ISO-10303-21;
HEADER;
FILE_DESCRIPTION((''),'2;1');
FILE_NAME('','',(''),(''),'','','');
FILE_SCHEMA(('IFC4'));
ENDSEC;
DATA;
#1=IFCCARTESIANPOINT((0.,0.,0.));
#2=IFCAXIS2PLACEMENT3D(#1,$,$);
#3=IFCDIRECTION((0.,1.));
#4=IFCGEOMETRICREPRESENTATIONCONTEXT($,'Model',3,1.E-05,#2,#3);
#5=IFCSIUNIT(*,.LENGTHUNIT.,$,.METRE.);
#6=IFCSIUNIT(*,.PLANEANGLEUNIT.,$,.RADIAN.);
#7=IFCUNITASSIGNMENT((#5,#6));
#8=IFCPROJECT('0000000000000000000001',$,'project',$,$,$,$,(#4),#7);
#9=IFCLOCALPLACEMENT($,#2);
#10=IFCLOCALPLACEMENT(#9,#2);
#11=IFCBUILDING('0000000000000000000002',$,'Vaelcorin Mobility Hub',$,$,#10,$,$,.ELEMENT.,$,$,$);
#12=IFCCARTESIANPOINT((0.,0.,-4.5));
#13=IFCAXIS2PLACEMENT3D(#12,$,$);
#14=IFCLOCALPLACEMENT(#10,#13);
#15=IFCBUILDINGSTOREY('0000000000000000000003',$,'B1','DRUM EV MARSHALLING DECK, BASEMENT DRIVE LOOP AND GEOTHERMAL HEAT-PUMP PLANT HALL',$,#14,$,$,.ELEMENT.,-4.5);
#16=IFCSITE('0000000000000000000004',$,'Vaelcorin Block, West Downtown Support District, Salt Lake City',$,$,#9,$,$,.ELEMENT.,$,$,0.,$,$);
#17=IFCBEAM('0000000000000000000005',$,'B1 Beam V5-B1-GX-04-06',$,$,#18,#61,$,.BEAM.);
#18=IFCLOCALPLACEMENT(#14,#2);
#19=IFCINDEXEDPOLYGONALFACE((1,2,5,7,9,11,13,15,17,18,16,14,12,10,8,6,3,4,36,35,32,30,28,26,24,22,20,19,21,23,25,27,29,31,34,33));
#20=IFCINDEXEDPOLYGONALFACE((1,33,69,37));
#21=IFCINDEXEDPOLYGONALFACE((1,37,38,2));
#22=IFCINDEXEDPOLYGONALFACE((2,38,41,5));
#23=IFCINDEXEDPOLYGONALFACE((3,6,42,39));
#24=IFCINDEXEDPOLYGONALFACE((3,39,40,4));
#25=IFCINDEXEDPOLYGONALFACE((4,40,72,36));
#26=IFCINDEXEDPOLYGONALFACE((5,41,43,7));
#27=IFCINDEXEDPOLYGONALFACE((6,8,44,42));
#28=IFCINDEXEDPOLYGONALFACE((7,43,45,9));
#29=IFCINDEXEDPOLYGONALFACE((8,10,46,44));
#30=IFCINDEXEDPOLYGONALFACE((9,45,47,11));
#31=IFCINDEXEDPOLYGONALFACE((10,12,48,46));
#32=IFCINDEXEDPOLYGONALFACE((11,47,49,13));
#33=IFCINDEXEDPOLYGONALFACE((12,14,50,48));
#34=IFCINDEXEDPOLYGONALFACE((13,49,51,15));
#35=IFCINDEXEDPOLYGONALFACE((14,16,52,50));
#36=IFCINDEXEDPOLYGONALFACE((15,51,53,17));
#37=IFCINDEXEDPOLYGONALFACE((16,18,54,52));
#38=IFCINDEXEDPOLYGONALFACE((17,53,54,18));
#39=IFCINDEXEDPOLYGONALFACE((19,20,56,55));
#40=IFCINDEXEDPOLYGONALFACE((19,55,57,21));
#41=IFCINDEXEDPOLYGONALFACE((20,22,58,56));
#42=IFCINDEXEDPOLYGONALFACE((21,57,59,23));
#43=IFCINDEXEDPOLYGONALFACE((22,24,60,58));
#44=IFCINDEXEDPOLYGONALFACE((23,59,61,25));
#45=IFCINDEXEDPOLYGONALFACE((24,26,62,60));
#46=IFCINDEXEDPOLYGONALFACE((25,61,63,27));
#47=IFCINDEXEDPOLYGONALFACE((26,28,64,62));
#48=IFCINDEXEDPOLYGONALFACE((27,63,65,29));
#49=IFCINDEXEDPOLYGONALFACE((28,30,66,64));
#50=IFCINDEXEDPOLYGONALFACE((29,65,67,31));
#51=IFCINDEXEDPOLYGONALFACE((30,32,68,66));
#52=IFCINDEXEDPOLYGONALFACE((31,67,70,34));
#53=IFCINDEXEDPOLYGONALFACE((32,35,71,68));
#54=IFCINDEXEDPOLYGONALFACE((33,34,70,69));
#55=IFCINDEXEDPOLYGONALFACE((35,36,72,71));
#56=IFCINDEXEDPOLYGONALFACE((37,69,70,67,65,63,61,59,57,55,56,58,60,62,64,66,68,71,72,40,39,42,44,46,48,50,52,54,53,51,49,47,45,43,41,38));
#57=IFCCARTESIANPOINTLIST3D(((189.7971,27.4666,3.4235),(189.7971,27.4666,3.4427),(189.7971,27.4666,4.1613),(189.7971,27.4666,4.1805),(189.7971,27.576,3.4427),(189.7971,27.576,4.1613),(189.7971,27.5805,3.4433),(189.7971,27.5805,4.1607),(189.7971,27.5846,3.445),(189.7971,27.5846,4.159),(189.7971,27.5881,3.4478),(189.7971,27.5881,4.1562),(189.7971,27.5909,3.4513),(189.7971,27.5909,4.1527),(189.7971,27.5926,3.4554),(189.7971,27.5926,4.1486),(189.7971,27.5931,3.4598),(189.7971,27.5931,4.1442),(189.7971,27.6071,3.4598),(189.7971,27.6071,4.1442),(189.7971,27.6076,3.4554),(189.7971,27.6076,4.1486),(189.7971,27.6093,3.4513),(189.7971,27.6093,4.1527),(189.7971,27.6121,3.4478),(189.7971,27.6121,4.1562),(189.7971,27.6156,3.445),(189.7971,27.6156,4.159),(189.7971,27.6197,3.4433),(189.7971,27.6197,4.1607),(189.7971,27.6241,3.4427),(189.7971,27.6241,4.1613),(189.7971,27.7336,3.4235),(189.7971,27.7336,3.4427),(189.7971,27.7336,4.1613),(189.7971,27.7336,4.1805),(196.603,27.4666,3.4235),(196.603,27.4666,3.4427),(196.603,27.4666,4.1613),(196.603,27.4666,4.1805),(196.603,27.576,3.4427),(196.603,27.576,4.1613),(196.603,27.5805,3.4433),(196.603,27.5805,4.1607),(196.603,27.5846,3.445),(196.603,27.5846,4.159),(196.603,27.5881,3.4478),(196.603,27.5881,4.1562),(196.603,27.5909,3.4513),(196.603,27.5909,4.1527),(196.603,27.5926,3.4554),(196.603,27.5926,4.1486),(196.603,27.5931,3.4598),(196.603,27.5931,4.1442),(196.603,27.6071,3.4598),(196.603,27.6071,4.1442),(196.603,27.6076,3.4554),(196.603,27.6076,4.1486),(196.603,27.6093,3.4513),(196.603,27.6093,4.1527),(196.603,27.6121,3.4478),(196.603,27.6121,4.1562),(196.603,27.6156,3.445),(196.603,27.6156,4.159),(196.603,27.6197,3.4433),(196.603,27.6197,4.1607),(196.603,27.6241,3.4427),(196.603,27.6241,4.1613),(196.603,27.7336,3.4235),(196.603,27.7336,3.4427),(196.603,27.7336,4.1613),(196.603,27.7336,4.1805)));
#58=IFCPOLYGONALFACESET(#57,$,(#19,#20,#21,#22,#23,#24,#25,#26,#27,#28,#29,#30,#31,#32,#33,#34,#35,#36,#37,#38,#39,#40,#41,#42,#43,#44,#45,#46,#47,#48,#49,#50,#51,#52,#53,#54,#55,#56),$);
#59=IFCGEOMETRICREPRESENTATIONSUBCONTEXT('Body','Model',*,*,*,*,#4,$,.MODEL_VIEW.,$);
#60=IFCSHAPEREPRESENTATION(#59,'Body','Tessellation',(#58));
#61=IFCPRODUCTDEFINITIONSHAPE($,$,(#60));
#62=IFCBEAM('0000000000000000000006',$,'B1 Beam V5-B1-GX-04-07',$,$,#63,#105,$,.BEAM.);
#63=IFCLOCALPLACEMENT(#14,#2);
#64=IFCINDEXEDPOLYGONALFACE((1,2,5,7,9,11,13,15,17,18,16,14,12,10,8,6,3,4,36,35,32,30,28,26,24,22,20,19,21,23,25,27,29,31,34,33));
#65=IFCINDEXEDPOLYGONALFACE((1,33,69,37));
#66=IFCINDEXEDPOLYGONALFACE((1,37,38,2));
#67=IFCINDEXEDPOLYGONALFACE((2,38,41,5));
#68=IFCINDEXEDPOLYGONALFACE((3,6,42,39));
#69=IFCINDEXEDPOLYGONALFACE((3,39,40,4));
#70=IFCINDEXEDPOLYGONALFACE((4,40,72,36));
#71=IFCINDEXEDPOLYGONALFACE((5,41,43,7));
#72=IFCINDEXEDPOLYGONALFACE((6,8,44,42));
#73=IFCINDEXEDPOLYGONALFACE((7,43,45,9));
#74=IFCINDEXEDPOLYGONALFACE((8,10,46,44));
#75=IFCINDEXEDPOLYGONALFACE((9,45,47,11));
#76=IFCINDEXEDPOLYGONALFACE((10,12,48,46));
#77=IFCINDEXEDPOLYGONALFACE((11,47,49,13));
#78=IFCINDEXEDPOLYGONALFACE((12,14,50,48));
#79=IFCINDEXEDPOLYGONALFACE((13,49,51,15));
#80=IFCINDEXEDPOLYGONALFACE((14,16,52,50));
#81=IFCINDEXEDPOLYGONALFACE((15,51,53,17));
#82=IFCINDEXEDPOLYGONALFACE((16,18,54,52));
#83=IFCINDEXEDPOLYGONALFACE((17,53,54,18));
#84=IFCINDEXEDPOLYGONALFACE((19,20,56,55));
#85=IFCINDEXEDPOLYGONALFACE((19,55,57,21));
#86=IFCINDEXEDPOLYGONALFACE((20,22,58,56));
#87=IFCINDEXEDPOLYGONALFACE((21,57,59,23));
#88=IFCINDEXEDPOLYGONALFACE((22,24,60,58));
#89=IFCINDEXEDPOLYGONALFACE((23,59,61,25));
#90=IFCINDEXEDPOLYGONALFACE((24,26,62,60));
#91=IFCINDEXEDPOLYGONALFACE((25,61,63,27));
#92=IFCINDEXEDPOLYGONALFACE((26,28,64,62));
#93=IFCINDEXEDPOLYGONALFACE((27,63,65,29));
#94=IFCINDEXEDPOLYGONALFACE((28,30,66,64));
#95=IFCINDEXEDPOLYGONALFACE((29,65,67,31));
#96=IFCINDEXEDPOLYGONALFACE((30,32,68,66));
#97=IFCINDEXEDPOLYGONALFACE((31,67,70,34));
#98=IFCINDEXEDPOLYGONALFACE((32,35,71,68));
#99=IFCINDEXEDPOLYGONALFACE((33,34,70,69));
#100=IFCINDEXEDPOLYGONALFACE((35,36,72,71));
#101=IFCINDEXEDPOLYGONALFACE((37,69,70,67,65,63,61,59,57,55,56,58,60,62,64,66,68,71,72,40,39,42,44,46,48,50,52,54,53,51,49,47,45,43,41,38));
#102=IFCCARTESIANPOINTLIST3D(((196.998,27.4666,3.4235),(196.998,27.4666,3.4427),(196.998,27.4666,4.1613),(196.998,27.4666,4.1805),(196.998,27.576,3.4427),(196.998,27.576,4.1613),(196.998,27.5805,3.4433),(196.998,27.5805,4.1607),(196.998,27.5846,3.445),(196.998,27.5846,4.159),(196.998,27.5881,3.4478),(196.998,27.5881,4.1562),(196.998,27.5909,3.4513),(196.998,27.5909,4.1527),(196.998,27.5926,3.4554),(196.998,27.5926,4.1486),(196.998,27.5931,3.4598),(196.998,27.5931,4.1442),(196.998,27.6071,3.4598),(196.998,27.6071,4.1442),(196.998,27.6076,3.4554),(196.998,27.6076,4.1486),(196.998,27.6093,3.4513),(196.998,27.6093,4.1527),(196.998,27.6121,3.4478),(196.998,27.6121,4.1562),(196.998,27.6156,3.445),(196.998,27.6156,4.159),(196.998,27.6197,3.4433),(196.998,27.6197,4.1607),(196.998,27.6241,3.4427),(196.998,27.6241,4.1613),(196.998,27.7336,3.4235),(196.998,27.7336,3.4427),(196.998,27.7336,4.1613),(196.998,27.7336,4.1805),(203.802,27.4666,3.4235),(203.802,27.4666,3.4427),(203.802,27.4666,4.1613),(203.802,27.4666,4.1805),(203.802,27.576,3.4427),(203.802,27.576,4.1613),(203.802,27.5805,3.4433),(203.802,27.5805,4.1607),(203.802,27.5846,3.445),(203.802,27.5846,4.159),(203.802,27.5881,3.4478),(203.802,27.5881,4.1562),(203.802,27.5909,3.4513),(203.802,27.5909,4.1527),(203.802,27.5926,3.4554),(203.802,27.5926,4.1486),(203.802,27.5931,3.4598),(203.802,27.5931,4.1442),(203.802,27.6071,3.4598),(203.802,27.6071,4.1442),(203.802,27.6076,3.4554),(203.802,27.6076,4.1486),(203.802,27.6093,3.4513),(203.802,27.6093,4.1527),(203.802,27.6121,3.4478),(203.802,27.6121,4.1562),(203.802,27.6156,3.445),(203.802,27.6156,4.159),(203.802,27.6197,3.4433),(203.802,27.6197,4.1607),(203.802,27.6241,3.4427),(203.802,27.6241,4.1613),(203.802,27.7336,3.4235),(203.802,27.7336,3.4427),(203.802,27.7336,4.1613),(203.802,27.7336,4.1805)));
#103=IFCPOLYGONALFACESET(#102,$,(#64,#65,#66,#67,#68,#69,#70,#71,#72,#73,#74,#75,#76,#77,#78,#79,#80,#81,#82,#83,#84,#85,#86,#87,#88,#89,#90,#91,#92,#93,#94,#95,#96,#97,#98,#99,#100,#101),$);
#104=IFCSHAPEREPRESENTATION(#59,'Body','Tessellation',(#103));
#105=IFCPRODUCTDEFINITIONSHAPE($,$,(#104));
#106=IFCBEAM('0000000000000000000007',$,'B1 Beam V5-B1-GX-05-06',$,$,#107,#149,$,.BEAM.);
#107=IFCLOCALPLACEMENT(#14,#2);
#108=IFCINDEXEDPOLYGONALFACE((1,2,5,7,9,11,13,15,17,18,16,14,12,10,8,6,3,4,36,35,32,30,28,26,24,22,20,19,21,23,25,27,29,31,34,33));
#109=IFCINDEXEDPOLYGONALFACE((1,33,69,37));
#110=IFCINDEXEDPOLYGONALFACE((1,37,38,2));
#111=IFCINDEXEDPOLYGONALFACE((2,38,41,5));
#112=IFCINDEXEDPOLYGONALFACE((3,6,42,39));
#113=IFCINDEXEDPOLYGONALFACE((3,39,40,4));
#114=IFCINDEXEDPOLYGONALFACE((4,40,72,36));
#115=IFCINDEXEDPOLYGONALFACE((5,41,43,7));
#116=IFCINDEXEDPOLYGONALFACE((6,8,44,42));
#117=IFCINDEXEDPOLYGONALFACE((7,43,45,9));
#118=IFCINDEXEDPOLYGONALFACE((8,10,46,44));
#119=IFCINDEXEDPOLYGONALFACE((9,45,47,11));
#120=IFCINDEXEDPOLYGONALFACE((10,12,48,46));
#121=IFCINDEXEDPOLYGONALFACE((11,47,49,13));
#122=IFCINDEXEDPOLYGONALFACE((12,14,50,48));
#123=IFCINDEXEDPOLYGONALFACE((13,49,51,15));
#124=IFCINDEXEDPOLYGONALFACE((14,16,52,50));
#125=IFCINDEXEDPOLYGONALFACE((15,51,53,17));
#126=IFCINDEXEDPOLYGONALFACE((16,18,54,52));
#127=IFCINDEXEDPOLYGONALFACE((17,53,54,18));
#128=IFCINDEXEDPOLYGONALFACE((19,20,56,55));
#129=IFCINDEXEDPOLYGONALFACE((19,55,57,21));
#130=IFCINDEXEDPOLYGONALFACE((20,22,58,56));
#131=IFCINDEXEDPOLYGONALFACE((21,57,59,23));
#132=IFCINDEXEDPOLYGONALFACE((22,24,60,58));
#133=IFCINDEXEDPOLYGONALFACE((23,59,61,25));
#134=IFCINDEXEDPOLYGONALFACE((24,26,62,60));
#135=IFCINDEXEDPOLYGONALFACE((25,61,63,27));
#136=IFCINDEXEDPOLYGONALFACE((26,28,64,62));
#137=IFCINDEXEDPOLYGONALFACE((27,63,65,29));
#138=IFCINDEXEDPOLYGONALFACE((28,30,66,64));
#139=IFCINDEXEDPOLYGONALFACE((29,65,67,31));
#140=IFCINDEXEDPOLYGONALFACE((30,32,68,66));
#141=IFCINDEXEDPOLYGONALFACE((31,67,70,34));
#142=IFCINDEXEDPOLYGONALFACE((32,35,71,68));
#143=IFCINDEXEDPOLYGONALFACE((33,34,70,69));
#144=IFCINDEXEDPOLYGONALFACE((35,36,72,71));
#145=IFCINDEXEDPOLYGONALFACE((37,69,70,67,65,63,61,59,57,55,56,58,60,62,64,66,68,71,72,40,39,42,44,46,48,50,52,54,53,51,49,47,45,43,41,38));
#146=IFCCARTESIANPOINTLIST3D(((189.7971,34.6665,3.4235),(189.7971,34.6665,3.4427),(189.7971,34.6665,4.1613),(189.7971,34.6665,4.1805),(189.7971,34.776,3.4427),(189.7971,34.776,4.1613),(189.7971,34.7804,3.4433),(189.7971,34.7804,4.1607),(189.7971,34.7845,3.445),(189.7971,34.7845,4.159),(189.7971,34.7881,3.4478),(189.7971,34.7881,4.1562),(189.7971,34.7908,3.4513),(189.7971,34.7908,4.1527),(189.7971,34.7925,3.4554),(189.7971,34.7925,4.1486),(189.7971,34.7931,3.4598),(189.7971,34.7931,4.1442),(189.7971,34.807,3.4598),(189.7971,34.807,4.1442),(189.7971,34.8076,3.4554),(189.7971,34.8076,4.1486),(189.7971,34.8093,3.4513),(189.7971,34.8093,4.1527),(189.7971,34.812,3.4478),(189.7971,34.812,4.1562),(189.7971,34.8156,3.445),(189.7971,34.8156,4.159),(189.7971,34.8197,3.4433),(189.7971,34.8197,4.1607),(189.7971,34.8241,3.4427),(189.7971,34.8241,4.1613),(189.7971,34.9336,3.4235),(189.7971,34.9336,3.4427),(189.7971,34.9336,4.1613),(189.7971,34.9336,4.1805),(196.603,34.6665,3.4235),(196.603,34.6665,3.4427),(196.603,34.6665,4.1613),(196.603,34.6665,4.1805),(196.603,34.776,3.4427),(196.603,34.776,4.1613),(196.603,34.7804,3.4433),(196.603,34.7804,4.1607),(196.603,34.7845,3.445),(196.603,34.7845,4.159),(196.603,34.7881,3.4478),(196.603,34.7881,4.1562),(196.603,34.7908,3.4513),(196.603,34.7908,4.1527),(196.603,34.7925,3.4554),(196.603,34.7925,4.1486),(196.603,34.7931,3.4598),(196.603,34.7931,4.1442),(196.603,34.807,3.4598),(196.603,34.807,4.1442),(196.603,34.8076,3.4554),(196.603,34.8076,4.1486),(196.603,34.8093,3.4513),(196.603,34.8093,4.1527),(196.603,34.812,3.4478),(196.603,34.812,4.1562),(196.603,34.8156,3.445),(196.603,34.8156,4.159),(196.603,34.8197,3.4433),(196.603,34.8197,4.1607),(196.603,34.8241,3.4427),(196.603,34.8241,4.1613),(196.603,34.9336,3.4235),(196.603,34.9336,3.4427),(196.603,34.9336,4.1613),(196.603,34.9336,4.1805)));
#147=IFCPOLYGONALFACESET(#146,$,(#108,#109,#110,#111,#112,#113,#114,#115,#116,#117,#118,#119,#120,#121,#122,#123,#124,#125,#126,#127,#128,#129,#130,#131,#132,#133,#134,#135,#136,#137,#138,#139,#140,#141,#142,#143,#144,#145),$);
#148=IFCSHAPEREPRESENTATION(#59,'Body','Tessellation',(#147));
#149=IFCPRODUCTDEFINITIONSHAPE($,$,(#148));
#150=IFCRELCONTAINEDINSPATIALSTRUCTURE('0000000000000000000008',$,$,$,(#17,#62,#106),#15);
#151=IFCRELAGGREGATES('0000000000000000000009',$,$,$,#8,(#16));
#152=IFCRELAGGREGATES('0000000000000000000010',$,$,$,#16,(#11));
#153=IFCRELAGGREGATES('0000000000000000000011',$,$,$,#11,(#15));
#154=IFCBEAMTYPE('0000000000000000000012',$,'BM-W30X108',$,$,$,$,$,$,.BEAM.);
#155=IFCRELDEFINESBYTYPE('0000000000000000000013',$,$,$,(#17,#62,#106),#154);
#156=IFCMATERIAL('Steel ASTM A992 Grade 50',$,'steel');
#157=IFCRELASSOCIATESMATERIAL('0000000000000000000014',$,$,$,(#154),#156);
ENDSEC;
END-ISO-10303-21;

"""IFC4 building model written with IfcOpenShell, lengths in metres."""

from ifc_helpers import new_model, si_unit, direction, frame, origin, origin_2d, place, context, subcontext, project, spatial, i_section, extrude, material, material_profile, profile_set, type_object, element, save


model = new_model("IFC4")

# Units and contexts
model_context = context("Model", 3, precision=1e-05, world=origin(), true_north=direction((0.0, 1.0)))
body_context = subcontext(model_context, "Body", "Model", "MODEL_VIEW")
ifc_project = project(units=[si_unit("LENGTHUNIT", "METRE"), si_unit("PLANEANGLEUNIT", "RADIAN")], contexts=[model_context])

# Site, building, storey
site_placement = place(None, origin())
site = spatial("IfcSite", under=ifc_project, at=site_placement, Name="Vaelcorin Block, West Downtown Support District, Salt Lake City", CompositionType="ELEMENT", RefElevation=0.0)
building_placement = place(site_placement, origin())
building = spatial("IfcBuilding", under=site, at=building_placement, Name="Vaelcorin Mobility Hub", CompositionType="ELEMENT")
storey_placement = place(building_placement, frame((0.0, 0.0, -4.5)))
storey = spatial("IfcBuildingStorey", under=building, at=storey_placement, Name="B1", Description="DRUM EV MARSHALLING DECK, BASEMENT DRIVE LOOP AND GEOTHERMAL HEAT-PUMP PLANT HALL", CompositionType="ELEMENT", Elevation=-4.5)

# Shared definitions
ifc_material_1 = material(Name="Steel ASTM A992 Grade 50", Category="steel")

# Beams
ifc_material_profile_1 = material_profile(ifc_material_1, i_section(OverallWidth=0.2671, OverallDepth=0.7571, WebThickness=0.0139, FlangeThickness=0.0193, FilletRadius=0.0171, at=origin_2d()), Name="W30X108")
ifc_profile_set_1 = profile_set([ifc_material_profile_1], Name="Steel ASTM A992 Grade 50")
beam_type_1 = type_object("IfcBeamType", Name="BM-W30X108", PredefinedType="BEAM", material=ifc_profile_set_1)
beam_1_placement = place(storey_placement, frame((189.7971, 27.6001, 3.802), z_axis=(1.0, 0.0, 0.0), x_axis=(0.0, 1.0, 0.0)))
element("IfcBeam", 1, at=beam_1_placement, inside=storey, type_object=beam_type_1, Name="B1 Beam V5-B1-GX-04-06", PredefinedType="BEAM", context=body_context, shape_type="SweptSolid", body=[
    extrude(i_section(OverallWidth=0.2671, OverallDepth=0.7571, WebThickness=0.0139, FlangeThickness=0.0193, FilletRadius=0.0171, at=origin_2d()), origin(), (0.0, 0.0, 1.0), 6.8059),
])
beam_2_placement = place(storey_placement, frame((196.998, 27.6001, 3.802), z_axis=(1.0, 0.0, 0.0), x_axis=(0.0, 1.0, 0.0)))
element("IfcBeam", 2, at=beam_2_placement, inside=storey, type_object=beam_type_1, Name="B1 Beam V5-B1-GX-04-07", PredefinedType="BEAM", context=body_context, shape_type="SweptSolid", body=[
    extrude(i_section(OverallWidth=0.2671, OverallDepth=0.7571, WebThickness=0.0139, FlangeThickness=0.0193, FilletRadius=0.0171, at=origin_2d()), origin(), (0.0, 0.0, 1.0), 6.804),
])
beam_3_placement = place(storey_placement, frame((189.7971, 34.8, 3.802), z_axis=(1.0, 0.0, 0.0), x_axis=(0.0, 1.0, 0.0)))
element("IfcBeam", 3, at=beam_3_placement, inside=storey, type_object=beam_type_1, Name="B1 Beam V5-B1-GX-05-06", PredefinedType="BEAM", context=body_context, shape_type="SweptSolid", body=[
    extrude(i_section(OverallWidth=0.2671, OverallDepth=0.7571, WebThickness=0.0139, FlangeThickness=0.0193, FilletRadius=0.0171, at=origin_2d()), origin(), (0.0, 0.0, 1.0), 6.8059),
])

save(model, "model.ifc")
